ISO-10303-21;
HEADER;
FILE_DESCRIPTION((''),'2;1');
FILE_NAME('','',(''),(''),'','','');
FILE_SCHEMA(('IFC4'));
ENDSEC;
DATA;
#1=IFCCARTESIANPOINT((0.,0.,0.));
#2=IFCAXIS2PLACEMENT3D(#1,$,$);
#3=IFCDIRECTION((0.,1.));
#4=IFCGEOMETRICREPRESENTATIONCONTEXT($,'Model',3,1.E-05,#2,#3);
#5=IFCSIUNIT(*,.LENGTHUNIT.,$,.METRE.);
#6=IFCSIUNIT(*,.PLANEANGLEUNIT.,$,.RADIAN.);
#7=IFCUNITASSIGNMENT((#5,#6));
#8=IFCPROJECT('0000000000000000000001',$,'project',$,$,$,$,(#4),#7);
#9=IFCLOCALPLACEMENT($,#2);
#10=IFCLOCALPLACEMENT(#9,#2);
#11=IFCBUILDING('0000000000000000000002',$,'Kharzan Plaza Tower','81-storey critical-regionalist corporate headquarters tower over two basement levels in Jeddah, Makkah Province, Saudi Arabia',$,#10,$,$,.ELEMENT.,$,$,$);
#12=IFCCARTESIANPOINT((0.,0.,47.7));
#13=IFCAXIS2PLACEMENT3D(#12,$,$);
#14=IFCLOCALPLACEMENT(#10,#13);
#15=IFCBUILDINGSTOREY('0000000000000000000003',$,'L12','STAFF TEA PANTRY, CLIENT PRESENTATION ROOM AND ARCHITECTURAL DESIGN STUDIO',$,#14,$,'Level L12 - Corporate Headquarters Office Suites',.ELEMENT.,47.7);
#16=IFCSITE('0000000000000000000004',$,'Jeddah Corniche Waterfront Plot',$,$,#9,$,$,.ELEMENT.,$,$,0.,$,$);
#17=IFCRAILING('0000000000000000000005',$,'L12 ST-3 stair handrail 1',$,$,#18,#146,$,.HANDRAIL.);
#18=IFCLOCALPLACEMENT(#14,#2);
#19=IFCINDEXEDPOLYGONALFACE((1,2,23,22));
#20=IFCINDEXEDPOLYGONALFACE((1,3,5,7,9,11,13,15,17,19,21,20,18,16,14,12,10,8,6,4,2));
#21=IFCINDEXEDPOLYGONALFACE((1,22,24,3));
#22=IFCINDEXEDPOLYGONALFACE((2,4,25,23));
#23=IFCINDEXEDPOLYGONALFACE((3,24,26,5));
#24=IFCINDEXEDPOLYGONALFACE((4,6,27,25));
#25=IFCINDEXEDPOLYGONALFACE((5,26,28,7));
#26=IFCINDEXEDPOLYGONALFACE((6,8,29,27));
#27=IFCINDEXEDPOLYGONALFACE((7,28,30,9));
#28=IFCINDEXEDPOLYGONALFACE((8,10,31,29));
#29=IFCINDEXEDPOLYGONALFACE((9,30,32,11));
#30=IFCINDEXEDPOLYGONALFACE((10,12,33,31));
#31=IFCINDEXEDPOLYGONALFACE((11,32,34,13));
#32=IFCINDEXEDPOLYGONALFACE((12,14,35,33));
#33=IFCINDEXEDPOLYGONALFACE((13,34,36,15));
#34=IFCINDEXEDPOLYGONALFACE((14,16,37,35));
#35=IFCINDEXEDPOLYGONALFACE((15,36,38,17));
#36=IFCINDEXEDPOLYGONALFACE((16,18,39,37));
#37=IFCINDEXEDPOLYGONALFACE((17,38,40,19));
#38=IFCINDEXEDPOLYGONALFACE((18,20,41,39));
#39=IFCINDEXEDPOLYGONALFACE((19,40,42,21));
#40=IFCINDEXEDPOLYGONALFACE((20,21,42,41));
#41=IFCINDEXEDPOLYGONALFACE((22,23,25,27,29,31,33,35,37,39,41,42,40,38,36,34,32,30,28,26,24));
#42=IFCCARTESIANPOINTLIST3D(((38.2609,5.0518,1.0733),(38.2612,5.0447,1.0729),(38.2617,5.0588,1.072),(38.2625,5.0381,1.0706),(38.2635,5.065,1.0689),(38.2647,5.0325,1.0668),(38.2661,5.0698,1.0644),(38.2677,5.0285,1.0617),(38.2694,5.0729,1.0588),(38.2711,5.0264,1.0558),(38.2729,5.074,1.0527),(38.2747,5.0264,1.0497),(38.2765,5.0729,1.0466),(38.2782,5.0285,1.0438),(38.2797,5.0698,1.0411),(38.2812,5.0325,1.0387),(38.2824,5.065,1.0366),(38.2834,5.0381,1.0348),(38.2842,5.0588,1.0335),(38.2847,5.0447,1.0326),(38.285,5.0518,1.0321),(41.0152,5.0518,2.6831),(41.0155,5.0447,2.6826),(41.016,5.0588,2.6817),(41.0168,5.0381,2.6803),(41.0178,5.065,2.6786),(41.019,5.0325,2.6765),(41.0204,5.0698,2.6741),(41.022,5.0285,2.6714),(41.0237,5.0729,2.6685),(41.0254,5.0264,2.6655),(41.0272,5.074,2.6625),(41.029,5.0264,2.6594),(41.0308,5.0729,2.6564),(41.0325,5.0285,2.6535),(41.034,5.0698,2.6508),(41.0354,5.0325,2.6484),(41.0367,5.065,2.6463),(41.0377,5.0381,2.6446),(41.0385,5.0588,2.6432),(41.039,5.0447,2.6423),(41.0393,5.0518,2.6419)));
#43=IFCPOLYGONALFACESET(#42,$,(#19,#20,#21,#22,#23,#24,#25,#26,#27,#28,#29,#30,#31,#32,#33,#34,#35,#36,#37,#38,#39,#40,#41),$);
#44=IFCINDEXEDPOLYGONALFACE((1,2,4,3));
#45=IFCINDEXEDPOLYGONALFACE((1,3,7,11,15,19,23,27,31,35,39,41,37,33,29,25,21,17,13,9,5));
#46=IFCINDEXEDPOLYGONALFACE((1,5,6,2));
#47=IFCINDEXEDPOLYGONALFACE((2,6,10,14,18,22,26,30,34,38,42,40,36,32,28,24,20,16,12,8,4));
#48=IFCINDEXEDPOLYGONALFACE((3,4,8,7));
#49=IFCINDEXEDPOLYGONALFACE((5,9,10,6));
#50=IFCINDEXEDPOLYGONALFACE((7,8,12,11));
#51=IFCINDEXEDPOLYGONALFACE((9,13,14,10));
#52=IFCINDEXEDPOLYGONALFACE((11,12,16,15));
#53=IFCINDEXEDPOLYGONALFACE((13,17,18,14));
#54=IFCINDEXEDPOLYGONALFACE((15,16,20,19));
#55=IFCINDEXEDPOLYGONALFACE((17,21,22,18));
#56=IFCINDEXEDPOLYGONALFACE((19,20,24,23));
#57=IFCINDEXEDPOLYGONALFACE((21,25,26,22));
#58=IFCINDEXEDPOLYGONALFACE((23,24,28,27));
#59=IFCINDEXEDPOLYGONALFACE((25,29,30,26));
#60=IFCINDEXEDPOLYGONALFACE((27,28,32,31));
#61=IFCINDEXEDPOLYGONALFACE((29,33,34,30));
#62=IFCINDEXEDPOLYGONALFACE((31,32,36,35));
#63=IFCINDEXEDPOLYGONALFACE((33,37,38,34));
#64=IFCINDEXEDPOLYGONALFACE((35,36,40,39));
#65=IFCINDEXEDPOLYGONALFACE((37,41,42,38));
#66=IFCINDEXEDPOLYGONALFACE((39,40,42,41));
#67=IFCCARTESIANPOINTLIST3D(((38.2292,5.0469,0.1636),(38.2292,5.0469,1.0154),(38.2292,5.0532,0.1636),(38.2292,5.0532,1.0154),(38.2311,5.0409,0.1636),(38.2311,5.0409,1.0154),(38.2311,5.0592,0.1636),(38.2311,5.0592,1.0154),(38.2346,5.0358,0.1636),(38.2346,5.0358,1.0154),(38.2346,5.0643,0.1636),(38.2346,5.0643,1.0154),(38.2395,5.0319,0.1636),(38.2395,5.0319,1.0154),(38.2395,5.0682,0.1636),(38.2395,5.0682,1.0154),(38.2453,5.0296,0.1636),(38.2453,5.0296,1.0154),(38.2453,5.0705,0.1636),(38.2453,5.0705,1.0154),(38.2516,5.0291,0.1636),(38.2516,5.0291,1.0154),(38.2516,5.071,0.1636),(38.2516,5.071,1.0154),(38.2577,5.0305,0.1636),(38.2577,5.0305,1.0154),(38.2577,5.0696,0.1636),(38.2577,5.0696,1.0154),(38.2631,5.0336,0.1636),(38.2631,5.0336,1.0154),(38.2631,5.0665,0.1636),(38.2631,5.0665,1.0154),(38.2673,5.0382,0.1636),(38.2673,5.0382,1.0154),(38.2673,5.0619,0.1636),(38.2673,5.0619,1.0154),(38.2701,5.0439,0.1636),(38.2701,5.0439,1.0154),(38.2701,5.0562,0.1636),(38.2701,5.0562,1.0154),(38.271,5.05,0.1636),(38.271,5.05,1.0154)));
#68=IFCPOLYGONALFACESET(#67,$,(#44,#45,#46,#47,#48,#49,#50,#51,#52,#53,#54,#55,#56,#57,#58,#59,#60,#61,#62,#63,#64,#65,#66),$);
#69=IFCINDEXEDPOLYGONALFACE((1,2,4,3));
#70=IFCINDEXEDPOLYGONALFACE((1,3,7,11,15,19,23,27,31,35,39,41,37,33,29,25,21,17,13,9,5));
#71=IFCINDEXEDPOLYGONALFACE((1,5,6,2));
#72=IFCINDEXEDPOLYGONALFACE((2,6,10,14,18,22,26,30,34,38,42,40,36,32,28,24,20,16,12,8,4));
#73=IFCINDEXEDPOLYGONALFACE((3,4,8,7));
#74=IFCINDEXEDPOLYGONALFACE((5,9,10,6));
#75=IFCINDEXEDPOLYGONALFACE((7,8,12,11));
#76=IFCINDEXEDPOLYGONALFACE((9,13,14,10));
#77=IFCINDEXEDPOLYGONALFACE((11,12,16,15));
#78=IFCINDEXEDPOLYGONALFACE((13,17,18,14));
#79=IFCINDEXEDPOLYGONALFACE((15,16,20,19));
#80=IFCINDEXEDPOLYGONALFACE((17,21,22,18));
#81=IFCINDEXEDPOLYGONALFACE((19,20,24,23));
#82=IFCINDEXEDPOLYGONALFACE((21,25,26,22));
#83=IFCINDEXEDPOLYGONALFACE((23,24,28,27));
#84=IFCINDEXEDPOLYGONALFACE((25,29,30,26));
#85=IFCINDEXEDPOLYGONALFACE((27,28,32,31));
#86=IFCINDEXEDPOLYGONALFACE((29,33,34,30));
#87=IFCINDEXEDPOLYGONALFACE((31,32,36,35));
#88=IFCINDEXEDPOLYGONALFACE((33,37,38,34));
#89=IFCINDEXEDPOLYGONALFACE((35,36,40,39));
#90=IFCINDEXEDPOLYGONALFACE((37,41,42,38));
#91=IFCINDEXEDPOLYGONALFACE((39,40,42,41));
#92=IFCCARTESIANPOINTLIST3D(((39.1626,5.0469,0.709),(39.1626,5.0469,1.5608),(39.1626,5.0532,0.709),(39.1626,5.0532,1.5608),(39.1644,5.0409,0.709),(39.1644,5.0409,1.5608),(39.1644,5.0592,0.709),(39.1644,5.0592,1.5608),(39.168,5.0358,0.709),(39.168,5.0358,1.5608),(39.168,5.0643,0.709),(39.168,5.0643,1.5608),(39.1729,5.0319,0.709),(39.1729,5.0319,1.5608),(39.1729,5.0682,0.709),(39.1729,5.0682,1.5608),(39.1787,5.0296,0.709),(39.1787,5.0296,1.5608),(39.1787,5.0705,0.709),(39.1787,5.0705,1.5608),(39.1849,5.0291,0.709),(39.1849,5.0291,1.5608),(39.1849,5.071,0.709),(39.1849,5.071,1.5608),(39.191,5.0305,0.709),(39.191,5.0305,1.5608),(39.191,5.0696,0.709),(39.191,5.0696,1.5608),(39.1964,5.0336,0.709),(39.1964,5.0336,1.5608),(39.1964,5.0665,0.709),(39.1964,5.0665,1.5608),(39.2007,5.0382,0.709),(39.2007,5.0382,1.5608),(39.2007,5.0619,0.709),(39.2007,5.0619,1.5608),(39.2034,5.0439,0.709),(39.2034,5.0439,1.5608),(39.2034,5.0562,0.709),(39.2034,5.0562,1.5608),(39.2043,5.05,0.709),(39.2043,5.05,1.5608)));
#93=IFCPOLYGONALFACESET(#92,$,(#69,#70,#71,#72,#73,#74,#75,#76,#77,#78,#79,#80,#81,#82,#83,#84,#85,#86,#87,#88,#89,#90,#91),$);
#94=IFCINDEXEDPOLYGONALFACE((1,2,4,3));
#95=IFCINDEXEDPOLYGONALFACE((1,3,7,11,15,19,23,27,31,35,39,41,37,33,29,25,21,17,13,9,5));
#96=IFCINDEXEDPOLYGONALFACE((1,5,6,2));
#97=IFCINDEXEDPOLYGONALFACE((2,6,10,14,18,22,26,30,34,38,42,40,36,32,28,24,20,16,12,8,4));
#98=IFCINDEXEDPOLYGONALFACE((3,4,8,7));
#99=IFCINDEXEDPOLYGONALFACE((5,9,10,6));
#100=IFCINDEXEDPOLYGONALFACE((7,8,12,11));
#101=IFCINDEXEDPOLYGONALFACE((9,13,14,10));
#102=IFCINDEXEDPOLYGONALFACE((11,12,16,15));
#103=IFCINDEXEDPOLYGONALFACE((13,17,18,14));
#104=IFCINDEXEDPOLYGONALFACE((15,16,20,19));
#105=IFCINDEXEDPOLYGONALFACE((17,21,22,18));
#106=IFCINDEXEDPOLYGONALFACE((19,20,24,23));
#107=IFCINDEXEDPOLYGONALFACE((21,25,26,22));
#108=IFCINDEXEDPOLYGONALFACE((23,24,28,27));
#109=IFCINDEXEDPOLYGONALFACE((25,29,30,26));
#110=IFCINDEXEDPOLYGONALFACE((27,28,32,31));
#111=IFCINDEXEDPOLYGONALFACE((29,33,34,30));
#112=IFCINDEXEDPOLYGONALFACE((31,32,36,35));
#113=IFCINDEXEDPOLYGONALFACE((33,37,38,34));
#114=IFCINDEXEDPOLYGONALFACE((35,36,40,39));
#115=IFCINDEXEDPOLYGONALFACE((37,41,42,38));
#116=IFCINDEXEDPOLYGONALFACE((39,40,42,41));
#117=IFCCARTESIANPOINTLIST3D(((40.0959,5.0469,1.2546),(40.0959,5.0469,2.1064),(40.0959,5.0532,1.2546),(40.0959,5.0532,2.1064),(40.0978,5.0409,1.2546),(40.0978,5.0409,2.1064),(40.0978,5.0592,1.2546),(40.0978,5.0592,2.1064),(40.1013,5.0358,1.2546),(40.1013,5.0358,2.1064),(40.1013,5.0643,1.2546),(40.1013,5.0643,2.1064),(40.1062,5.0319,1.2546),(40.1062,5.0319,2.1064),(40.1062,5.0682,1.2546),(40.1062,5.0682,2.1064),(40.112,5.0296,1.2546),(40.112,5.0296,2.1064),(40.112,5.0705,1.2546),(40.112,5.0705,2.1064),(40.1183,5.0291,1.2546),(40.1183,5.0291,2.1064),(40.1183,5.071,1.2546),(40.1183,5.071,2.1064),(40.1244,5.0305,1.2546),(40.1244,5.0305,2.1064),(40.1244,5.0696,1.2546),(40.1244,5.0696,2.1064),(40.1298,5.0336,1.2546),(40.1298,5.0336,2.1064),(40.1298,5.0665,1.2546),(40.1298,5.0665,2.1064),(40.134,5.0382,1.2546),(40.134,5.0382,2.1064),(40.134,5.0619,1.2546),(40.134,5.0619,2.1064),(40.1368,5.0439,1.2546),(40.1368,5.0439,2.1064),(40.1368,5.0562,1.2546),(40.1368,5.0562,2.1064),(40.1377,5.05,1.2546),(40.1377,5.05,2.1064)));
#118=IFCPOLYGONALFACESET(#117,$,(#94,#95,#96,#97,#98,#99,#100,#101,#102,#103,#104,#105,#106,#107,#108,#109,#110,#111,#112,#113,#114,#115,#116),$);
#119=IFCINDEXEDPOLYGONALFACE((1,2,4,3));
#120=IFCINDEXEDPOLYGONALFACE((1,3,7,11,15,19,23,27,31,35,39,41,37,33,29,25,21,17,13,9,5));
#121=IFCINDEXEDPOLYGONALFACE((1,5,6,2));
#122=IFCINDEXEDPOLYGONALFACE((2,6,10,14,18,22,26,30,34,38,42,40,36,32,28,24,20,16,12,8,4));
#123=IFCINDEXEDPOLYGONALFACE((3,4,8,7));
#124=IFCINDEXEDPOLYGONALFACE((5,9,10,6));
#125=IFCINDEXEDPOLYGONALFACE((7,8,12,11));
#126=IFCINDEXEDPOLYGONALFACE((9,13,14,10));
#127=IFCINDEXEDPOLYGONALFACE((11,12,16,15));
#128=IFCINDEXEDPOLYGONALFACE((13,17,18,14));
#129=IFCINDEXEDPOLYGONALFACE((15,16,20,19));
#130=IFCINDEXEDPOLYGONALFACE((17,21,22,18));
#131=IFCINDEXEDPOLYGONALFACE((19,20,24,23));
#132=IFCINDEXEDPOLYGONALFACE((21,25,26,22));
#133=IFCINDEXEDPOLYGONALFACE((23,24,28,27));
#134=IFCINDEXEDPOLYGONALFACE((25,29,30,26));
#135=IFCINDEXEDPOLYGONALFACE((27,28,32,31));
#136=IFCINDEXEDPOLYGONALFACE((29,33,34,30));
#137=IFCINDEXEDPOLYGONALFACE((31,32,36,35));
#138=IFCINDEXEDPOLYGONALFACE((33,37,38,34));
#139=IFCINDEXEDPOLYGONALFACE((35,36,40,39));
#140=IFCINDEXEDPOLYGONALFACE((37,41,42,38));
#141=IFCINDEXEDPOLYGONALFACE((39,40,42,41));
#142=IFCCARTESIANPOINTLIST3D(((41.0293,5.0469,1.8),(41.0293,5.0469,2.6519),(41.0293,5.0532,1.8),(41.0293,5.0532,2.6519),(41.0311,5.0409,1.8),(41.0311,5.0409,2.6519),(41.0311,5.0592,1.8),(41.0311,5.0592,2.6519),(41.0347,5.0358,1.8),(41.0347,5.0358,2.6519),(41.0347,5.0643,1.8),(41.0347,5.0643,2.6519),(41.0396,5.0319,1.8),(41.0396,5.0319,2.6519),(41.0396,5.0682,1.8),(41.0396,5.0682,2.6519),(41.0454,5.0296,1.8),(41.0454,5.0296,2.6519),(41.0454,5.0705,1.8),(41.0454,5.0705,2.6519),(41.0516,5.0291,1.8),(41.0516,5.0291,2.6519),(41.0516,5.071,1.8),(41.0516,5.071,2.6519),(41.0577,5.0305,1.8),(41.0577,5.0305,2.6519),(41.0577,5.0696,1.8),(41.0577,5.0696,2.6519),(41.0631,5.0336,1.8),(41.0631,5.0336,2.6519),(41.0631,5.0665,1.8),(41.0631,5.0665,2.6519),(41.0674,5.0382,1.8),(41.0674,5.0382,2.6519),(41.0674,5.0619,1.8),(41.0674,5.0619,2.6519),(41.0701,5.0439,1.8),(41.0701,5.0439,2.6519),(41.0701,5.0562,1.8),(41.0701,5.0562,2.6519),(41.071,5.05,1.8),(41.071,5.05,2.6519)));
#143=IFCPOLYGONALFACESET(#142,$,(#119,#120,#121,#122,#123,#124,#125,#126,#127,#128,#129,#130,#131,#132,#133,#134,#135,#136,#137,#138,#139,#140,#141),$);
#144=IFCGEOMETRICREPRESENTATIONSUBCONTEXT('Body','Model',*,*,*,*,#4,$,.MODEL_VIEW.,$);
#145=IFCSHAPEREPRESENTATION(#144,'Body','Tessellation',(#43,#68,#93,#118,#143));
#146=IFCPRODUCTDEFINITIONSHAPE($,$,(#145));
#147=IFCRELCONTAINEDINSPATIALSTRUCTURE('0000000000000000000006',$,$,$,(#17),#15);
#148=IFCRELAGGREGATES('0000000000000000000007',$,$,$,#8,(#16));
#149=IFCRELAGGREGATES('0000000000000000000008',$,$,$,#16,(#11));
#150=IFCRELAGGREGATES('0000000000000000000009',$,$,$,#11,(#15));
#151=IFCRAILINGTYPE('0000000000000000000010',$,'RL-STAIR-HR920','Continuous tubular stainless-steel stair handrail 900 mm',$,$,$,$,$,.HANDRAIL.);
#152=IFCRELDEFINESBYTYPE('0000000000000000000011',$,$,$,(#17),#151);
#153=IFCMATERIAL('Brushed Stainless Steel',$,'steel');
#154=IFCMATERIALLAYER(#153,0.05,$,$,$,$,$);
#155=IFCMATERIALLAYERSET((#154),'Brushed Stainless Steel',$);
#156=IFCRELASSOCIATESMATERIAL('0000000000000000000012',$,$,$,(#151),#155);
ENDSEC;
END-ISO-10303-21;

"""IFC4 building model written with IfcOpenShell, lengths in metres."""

from ifc_helpers import new_model, si_unit, direction, frame, origin, origin_2d, place, context, subcontext, project, spatial, circle, extrude, source, transform, mapped, material, layer, layer_set, type_object, element, save


model = new_model("IFC4")

# Units and contexts
model_context = context("Model", 3, precision=1e-05, world=origin(), true_north=direction((0.0, 1.0)))
body_context = subcontext(model_context, "Body", "Model", "MODEL_VIEW")
ifc_project = project(units=[si_unit("LENGTHUNIT", "METRE"), si_unit("PLANEANGLEUNIT", "RADIAN")], contexts=[model_context])

# Site, building, storey
site_placement = place(None, origin())
site = spatial("IfcSite", under=ifc_project, at=site_placement, Name="Jeddah Corniche Waterfront Plot", CompositionType="ELEMENT", RefElevation=0.0)
building_placement = place(site_placement, origin())
building = spatial("IfcBuilding", under=site, at=building_placement, Name="Kharzan Plaza Tower", Description="81-storey critical-regionalist corporate headquarters tower over two basement levels in Jeddah, Makkah Province, Saudi Arabia", CompositionType="ELEMENT")
storey_placement = place(building_placement, frame((0.0, 0.0, 47.7)))
storey = spatial("IfcBuildingStorey", under=building, at=storey_placement, Name="L12", Description="STAFF TEA PANTRY, CLIENT PRESENTATION ROOM AND ARCHITECTURAL DESIGN STUDIO", LongName="Level L12 - Corporate Headquarters Office Suites", CompositionType="ELEMENT", Elevation=47.7)

# Shared definitions
ifc_material_1 = material(Name="Brushed Stainless Steel", Category="steel")

# Railing
ifc_layer_1 = layer(ifc_material_1, 0.05)
ifc_layer_set_1 = layer_set([ifc_layer_1], Name="Brushed Stainless Steel")
railing_type_1 = type_object("IfcRailingType", Name="RL-STAIR-HR920", Description="Continuous tubular stainless-steel stair handrail 900 mm", PredefinedType="HANDRAIL", material=ifc_layer_set_1)
shared_shape_1 = source(origin(), body_context, "Body", "SweptSolid", [
    extrude(circle(Radius=0.0239, at=origin_2d()), frame((0.0229, 0.0, 0.8892), z_axis=(0.863361, 0.0, 0.504587), x_axis=(0.0, 1.0, 0.0)), (0.0, 0.0, 1.0), 3.1902),
    extrude(circle(Radius=0.021, at=origin_2d()), origin(), (0.0, 0.0, 1.0), 0.8518),
    extrude(circle(Radius=0.021, at=origin_2d()), frame((0.9333, 0.0, 0.5454)), (0.0, 0.0, 1.0), 0.8518),
    extrude(circle(Radius=0.021, at=origin_2d()), frame((1.8667, 0.0, 1.0911)), (0.0, 0.0, 1.0), 0.8518),
    extrude(circle(Radius=0.021, at=origin_2d()), frame((2.8, 0.0, 1.6365)), (0.0, 0.0, 1.0), 0.8518),
])
railing_1_placement = place(storey_placement, frame((38.25, 5.05, 0.1636)))
element("IfcRailing", 1, at=railing_1_placement, inside=storey, type_object=railing_type_1, Name="L12 ST-3 stair handrail 1", PredefinedType="HANDRAIL", context=body_context, shape_type="MappedRepresentation", body=[
    mapped(shared_shape_1, transform((0.0, 0.0, 0.0), x_axis=(1.0, 0.0, 0.0), y_axis=(0.0, 1.0, 0.0), z_axis=(0.0, 0.0, 1.0))),
])

save(model, "model.ifc")
